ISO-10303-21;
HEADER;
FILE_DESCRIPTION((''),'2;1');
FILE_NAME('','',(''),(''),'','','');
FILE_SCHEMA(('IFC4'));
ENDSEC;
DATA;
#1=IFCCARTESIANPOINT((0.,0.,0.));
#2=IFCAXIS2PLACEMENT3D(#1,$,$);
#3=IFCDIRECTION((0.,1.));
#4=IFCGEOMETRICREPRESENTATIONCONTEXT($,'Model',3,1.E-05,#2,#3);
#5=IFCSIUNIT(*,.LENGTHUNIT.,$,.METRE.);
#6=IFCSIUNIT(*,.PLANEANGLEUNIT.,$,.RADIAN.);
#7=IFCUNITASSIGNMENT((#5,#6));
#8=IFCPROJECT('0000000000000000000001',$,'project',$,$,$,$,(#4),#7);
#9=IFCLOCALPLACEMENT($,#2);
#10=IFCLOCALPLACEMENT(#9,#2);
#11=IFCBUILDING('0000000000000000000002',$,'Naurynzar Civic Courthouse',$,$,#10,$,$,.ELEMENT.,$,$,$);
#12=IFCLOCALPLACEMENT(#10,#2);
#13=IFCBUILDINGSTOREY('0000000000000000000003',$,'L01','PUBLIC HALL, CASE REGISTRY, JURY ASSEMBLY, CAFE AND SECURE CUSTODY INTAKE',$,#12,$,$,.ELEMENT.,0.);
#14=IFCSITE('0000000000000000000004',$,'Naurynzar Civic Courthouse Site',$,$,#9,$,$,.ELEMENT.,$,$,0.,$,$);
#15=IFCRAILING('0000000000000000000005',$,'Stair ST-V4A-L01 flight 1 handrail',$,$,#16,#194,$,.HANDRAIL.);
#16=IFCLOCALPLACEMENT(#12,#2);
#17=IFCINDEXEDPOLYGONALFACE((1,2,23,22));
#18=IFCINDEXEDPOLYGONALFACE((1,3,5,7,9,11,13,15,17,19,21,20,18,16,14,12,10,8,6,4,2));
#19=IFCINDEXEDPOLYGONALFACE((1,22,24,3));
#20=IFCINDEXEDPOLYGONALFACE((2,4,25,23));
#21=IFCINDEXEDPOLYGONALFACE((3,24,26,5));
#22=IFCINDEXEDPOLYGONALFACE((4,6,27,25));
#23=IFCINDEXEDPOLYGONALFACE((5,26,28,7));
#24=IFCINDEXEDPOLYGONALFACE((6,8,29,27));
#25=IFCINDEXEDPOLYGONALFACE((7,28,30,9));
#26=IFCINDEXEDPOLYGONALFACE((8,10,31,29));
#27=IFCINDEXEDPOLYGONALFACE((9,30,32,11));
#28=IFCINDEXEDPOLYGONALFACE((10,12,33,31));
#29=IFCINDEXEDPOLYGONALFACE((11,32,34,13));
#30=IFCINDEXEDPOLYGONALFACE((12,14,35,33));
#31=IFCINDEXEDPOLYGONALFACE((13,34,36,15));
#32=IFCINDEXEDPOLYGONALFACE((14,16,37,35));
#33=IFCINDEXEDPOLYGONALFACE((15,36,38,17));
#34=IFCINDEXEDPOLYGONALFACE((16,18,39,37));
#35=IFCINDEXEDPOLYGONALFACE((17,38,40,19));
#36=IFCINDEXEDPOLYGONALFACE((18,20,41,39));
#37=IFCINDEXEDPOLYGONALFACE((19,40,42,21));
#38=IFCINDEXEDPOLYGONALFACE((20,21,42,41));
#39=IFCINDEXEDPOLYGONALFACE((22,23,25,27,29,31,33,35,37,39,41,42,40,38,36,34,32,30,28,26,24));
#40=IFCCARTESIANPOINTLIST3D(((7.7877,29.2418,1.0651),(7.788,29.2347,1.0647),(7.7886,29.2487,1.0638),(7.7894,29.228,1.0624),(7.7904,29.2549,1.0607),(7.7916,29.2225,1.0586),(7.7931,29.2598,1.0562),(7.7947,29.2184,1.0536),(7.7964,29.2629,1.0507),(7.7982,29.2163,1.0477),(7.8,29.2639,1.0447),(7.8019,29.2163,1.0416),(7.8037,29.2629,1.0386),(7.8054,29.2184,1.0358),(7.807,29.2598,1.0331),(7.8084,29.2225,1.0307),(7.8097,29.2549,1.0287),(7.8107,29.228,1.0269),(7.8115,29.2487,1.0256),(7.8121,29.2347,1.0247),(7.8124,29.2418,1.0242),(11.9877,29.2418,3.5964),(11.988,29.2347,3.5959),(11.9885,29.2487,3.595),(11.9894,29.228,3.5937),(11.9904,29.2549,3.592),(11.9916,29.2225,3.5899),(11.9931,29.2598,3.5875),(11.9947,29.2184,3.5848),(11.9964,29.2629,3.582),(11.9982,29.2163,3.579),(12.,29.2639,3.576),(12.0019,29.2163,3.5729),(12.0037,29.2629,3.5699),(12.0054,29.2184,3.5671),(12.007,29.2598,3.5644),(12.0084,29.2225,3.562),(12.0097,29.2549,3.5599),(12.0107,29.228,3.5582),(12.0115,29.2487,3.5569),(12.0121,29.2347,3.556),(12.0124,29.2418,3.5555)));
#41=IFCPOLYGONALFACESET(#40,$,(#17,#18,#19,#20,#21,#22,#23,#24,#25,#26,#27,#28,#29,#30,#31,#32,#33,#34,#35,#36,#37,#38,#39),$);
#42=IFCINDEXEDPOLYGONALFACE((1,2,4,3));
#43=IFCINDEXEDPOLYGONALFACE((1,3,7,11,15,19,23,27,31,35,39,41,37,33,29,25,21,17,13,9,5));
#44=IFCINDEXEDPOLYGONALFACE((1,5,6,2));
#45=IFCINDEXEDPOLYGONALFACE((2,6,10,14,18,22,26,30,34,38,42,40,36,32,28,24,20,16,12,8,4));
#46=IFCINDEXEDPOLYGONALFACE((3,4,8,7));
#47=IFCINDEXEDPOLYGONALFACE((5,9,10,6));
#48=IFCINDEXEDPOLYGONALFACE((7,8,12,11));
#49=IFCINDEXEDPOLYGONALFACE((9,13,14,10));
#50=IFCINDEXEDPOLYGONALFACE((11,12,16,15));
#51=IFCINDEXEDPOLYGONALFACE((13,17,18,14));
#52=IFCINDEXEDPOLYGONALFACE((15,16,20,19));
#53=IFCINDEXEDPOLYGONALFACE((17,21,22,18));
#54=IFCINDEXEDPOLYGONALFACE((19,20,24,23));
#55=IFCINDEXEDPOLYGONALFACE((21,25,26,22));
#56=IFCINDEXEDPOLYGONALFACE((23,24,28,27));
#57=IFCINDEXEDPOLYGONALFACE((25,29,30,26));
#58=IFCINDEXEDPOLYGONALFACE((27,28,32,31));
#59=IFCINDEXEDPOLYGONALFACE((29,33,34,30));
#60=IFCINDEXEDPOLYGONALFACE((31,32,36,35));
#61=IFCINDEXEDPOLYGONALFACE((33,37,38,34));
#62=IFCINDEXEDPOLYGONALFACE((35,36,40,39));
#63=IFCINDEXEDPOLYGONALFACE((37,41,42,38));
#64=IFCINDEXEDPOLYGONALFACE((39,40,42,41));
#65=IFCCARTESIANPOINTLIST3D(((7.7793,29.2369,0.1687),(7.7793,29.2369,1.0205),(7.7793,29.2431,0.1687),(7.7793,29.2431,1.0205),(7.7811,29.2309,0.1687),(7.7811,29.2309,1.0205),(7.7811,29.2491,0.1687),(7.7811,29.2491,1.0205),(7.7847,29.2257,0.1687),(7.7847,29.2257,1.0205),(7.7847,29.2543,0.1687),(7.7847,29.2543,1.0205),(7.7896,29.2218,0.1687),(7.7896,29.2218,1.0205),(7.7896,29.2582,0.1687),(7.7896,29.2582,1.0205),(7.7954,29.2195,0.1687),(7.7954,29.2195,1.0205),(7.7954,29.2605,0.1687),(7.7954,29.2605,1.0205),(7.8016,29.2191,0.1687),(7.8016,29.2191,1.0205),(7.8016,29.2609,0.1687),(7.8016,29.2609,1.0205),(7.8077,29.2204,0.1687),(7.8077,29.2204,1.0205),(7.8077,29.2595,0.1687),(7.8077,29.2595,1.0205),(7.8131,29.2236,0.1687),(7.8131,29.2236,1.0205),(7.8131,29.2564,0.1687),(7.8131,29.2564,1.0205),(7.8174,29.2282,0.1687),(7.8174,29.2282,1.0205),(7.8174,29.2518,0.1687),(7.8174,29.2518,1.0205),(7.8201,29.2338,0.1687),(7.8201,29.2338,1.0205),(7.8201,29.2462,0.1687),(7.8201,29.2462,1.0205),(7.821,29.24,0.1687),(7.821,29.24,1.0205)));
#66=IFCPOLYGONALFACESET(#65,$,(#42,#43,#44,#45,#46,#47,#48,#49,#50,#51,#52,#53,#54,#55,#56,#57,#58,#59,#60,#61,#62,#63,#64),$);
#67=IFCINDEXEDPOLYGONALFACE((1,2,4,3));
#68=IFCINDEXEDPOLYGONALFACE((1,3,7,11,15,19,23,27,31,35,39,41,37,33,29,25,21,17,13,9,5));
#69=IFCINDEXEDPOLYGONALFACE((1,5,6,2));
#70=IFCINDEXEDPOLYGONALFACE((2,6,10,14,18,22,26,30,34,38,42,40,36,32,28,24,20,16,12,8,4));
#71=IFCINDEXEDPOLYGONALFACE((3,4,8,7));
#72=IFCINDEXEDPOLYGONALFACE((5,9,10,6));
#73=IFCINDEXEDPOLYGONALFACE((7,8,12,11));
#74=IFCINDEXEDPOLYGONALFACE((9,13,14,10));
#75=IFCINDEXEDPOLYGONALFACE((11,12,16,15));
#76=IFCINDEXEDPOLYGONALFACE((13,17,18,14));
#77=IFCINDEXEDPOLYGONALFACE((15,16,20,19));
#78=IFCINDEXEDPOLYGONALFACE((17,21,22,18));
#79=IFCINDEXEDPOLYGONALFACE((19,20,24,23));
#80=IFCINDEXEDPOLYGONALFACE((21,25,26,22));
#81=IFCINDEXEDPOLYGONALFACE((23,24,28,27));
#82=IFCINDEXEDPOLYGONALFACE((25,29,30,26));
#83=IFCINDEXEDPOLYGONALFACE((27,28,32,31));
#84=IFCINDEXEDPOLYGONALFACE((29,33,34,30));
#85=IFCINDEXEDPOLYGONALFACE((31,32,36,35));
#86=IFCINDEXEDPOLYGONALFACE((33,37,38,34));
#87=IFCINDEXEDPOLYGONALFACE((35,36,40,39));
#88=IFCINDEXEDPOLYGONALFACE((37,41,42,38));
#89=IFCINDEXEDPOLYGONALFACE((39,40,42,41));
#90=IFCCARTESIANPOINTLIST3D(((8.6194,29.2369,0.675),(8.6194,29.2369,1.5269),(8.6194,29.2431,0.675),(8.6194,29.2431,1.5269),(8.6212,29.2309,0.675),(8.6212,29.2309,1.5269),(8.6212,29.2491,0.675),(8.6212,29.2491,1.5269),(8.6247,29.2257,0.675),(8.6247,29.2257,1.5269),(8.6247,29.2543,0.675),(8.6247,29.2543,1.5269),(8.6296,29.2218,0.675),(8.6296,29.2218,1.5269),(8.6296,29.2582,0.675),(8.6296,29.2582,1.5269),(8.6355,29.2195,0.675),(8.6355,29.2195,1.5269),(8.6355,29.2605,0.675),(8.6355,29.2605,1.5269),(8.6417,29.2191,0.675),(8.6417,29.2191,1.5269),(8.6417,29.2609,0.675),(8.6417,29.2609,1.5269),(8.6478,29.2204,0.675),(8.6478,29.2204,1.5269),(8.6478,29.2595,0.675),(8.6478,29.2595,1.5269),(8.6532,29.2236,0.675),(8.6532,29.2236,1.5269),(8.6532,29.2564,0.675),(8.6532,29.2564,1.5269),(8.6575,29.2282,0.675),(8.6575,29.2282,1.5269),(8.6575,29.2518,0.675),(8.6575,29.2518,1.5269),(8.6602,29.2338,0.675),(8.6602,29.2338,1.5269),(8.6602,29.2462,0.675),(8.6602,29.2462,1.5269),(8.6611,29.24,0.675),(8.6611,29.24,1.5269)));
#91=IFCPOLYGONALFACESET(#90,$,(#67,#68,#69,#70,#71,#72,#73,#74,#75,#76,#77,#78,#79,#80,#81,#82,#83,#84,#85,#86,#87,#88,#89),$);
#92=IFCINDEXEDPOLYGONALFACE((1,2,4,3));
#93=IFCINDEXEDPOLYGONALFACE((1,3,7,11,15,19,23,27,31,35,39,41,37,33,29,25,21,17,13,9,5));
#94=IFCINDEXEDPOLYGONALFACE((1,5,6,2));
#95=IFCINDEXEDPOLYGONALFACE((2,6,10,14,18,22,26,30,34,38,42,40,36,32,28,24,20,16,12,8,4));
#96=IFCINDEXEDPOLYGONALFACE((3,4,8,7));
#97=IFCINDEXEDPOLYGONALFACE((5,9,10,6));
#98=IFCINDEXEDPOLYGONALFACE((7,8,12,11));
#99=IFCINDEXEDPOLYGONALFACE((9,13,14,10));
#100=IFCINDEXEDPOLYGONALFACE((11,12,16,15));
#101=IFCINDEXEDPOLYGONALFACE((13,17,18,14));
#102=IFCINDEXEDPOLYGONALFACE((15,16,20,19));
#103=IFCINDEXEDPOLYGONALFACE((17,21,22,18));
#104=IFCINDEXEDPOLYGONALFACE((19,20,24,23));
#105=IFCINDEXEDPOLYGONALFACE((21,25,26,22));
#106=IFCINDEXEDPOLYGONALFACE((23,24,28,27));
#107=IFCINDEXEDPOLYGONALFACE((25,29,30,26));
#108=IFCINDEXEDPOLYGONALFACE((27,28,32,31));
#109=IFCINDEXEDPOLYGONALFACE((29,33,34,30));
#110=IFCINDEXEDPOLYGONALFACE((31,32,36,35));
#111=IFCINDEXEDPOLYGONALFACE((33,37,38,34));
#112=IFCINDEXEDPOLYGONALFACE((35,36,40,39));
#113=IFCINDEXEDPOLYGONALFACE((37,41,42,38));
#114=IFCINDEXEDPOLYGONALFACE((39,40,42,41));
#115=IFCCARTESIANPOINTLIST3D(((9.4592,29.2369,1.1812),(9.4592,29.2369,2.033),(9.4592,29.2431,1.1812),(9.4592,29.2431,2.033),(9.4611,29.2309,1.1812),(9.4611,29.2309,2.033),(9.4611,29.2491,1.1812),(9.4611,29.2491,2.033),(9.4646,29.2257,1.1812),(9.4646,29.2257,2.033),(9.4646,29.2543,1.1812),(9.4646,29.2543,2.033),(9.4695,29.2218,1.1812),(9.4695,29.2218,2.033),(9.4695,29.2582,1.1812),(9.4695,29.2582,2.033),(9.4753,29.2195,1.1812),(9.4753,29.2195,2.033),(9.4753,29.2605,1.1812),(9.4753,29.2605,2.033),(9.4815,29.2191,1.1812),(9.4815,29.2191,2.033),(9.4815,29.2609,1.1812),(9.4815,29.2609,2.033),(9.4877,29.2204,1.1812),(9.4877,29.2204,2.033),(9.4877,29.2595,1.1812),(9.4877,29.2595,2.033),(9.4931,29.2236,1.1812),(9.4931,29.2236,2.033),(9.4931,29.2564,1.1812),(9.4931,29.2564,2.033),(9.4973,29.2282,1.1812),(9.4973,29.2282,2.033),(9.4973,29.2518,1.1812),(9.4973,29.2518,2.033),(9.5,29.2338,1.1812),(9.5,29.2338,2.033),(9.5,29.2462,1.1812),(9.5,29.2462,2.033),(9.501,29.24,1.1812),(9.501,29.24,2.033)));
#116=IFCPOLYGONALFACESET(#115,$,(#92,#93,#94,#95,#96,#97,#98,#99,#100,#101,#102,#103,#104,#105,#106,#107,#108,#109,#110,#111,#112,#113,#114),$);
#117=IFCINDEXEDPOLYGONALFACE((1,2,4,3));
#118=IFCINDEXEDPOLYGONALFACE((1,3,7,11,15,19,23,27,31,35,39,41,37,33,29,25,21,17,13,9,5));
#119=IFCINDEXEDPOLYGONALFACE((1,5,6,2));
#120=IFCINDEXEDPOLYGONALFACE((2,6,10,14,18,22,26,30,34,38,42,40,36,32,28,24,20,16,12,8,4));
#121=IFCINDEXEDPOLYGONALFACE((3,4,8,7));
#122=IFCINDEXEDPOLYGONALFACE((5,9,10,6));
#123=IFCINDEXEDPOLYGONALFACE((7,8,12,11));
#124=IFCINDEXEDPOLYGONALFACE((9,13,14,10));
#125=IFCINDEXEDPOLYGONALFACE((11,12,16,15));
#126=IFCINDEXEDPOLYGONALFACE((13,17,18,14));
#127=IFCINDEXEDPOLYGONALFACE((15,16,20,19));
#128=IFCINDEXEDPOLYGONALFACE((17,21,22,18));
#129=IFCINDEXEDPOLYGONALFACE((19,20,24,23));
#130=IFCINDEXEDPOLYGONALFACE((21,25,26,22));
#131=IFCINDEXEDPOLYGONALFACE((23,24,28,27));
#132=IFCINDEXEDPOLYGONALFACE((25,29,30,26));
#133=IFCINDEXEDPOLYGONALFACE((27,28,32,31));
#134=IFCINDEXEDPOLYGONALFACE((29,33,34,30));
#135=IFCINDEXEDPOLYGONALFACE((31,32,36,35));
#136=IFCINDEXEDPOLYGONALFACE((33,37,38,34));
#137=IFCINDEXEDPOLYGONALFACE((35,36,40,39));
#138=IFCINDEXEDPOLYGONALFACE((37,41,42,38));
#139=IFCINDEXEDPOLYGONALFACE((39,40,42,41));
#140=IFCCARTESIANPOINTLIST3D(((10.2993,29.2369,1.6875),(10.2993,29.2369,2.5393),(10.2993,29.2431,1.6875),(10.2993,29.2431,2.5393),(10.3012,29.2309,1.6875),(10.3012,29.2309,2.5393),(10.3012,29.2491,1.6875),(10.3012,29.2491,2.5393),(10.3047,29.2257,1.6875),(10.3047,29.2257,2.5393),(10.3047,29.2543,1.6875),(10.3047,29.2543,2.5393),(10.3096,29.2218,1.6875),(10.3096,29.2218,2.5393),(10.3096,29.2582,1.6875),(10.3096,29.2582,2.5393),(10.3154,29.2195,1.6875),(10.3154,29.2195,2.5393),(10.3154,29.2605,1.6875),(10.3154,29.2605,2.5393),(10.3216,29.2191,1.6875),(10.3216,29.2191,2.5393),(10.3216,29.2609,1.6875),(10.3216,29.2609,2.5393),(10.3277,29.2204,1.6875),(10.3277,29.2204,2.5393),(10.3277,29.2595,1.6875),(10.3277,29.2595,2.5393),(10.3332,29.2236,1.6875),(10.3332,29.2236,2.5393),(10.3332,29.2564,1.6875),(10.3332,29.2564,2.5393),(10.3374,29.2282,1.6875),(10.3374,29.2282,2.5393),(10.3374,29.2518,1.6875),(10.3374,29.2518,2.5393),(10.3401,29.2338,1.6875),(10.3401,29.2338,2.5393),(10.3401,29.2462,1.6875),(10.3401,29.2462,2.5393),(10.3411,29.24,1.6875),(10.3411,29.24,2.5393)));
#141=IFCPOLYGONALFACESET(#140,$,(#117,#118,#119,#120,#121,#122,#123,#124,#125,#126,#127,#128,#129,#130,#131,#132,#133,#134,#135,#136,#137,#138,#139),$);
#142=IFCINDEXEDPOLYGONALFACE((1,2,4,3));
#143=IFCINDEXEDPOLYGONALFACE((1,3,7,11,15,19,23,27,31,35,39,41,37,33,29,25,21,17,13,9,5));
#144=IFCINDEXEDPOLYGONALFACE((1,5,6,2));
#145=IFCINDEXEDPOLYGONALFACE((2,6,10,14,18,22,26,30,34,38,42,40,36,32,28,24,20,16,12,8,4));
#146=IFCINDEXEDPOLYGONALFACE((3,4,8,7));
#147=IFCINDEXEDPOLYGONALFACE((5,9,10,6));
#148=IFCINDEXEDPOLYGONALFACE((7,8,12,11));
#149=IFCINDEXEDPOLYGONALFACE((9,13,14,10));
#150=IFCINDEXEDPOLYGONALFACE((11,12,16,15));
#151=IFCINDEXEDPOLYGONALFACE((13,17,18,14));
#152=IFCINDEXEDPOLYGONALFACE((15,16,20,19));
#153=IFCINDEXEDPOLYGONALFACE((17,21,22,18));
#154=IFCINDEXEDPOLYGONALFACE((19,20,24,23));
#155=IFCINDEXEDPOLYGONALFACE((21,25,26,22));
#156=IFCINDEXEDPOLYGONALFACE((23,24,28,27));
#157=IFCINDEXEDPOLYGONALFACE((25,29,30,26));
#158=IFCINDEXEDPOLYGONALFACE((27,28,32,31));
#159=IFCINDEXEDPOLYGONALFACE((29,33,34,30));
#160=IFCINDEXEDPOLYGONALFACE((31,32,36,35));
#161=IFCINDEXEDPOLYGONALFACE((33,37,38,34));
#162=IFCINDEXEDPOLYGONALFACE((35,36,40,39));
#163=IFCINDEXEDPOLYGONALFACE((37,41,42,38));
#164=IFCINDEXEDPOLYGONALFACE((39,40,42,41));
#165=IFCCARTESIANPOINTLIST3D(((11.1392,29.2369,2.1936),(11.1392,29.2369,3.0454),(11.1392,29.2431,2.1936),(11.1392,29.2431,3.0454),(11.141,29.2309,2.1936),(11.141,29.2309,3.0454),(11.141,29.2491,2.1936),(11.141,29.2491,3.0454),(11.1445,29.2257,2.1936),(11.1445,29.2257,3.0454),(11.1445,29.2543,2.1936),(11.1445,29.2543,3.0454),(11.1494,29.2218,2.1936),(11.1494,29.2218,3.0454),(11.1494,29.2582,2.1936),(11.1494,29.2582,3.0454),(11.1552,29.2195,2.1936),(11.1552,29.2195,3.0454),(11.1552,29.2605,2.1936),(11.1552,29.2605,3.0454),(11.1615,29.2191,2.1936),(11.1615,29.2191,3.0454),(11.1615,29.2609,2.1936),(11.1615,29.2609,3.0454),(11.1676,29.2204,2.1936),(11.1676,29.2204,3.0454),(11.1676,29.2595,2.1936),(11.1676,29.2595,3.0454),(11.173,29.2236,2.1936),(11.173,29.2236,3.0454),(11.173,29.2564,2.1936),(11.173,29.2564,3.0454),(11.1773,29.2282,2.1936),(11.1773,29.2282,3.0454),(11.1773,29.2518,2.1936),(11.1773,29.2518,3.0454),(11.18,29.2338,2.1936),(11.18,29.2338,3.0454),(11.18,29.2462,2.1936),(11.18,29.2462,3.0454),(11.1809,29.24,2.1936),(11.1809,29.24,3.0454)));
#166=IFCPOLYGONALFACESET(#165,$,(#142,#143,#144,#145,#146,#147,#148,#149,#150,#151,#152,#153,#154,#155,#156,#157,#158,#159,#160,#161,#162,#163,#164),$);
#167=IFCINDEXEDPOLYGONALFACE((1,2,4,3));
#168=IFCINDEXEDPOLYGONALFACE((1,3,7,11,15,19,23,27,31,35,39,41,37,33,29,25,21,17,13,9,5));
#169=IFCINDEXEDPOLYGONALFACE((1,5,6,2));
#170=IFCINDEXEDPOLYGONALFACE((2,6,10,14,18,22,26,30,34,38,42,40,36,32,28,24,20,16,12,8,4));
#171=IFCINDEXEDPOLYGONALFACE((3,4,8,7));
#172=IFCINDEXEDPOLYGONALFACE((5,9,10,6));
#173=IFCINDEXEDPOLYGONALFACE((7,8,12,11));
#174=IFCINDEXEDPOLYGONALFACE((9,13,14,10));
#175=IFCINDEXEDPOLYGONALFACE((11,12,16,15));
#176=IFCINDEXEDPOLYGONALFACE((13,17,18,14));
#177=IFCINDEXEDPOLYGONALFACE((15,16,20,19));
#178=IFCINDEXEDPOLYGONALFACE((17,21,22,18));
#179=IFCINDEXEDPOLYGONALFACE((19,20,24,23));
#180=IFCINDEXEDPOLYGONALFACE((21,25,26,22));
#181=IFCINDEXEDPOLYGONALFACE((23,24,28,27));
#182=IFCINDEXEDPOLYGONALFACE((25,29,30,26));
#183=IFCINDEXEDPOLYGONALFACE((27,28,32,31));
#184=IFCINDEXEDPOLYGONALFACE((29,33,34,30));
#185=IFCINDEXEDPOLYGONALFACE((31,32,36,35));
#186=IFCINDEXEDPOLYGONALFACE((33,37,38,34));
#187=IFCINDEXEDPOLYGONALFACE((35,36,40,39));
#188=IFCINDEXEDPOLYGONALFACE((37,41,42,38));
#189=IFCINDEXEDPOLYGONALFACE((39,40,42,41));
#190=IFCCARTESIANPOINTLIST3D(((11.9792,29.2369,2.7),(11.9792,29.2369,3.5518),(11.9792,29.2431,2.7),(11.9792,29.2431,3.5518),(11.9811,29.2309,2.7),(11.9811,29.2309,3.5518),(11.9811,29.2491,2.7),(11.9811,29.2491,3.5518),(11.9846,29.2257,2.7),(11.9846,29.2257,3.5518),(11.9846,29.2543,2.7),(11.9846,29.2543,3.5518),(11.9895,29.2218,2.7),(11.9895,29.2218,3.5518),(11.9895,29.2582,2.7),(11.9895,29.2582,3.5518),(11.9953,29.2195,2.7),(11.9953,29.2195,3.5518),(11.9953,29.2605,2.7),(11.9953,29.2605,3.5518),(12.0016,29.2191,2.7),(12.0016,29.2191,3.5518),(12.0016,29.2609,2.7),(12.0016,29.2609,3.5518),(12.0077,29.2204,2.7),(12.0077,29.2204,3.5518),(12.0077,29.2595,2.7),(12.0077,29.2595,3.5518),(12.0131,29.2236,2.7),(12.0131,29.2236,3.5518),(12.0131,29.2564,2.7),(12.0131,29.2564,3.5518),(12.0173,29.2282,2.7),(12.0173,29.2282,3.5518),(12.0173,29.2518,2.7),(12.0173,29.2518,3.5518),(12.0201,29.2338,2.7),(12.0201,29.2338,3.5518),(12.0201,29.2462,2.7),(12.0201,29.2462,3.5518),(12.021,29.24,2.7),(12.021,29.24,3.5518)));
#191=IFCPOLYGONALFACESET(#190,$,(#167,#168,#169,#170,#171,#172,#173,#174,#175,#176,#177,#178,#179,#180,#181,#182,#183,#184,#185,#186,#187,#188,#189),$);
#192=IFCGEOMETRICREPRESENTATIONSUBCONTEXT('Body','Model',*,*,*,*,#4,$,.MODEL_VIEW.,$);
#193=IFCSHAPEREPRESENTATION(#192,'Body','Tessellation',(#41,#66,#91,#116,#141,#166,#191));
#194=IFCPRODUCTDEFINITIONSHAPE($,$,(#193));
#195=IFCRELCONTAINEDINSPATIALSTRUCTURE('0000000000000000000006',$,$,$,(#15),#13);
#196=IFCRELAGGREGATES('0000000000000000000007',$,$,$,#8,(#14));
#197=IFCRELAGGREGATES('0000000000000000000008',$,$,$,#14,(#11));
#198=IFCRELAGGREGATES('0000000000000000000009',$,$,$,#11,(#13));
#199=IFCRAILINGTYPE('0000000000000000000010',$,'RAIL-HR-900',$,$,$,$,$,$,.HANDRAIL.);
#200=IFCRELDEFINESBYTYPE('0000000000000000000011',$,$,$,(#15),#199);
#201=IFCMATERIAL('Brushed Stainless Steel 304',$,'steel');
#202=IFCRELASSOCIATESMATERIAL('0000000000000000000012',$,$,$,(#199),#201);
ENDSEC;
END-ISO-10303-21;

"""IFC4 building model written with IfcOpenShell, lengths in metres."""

from ifc_helpers import new_model, si_unit, direction, frame, origin, origin_2d, place, context, subcontext, project, spatial, circle, extrude, material, type_object, element, save


model = new_model("IFC4")

# Units and contexts
model_context = context("Model", 3, precision=1e-05, world=origin(), true_north=direction((0.0, 1.0)))
body_context = subcontext(model_context, "Body", "Model", "MODEL_VIEW")
ifc_project = project(units=[si_unit("LENGTHUNIT", "METRE"), si_unit("PLANEANGLEUNIT", "RADIAN")], contexts=[model_context])

# Site, building, storey
site_placement = place(None, origin())
site = spatial("IfcSite", under=ifc_project, at=site_placement, Name="Naurynzar Civic Courthouse Site", CompositionType="ELEMENT", RefElevation=0.0)
building_placement = place(site_placement, origin())
building = spatial("IfcBuilding", under=site, at=building_placement, Name="Naurynzar Civic Courthouse", CompositionType="ELEMENT")
storey_placement = place(building_placement, origin())
storey = spatial("IfcBuildingStorey", under=building, at=storey_placement, Name="L01", Description="PUBLIC HALL, CASE REGISTRY, JURY ASSEMBLY, CAFE AND SECURE CUSTODY INTAKE", CompositionType="ELEMENT", Elevation=0.0)

# Railing
ifc_material_1 = material(Name="Brushed Stainless Steel 304", Category="steel")
railing_type_1 = type_object("IfcRailingType", Name="RAIL-HR-900", PredefinedType="HANDRAIL", material=ifc_material_1)
railing_1_placement = place(storey_placement, frame((7.8, 29.24, 0.1687)))
element("IfcRailing", 1, at=railing_1_placement, inside=storey, type_object=railing_type_1, Name="Stair ST-V4A-L01 flight 1 handrail", PredefinedType="HANDRAIL", context=body_context, shape_type="SweptSolid", body=[
    extrude(circle(Radius=0.0239, at=origin_2d()), frame((0.0, 0.0, 0.876), z_axis=(0.856476, 0.0, 0.516186), x_axis=(0.0, 1.0, 0.0)), (0.0, 0.0, 1.0), 4.9038),
    extrude(circle(Radius=0.021, at=origin_2d()), origin(), (0.0, 0.0, 1.0), 0.8518),
    extrude(circle(Radius=0.021, at=origin_2d()), frame((0.8401, 0.0, 0.5063)), (0.0, 0.0, 1.0), 0.8518),
    extrude(circle(Radius=0.021, at=origin_2d()), frame((1.6799, 0.0, 1.0125)), (0.0, 0.0, 1.0), 0.8518),
    extrude(circle(Radius=0.021, at=origin_2d()), frame((2.52, 0.0, 1.5188)), (0.0, 0.0, 1.0), 0.8518),
    extrude(circle(Radius=0.021, at=origin_2d()), frame((3.3599, 0.0, 2.0249)), (0.0, 0.0, 1.0), 0.8518),
    extrude(circle(Radius=0.021, at=origin_2d()), frame((4.2, 0.0, 2.5312)), (0.0, 0.0, 1.0), 0.8518),
])

save(model, "model.ifc")
